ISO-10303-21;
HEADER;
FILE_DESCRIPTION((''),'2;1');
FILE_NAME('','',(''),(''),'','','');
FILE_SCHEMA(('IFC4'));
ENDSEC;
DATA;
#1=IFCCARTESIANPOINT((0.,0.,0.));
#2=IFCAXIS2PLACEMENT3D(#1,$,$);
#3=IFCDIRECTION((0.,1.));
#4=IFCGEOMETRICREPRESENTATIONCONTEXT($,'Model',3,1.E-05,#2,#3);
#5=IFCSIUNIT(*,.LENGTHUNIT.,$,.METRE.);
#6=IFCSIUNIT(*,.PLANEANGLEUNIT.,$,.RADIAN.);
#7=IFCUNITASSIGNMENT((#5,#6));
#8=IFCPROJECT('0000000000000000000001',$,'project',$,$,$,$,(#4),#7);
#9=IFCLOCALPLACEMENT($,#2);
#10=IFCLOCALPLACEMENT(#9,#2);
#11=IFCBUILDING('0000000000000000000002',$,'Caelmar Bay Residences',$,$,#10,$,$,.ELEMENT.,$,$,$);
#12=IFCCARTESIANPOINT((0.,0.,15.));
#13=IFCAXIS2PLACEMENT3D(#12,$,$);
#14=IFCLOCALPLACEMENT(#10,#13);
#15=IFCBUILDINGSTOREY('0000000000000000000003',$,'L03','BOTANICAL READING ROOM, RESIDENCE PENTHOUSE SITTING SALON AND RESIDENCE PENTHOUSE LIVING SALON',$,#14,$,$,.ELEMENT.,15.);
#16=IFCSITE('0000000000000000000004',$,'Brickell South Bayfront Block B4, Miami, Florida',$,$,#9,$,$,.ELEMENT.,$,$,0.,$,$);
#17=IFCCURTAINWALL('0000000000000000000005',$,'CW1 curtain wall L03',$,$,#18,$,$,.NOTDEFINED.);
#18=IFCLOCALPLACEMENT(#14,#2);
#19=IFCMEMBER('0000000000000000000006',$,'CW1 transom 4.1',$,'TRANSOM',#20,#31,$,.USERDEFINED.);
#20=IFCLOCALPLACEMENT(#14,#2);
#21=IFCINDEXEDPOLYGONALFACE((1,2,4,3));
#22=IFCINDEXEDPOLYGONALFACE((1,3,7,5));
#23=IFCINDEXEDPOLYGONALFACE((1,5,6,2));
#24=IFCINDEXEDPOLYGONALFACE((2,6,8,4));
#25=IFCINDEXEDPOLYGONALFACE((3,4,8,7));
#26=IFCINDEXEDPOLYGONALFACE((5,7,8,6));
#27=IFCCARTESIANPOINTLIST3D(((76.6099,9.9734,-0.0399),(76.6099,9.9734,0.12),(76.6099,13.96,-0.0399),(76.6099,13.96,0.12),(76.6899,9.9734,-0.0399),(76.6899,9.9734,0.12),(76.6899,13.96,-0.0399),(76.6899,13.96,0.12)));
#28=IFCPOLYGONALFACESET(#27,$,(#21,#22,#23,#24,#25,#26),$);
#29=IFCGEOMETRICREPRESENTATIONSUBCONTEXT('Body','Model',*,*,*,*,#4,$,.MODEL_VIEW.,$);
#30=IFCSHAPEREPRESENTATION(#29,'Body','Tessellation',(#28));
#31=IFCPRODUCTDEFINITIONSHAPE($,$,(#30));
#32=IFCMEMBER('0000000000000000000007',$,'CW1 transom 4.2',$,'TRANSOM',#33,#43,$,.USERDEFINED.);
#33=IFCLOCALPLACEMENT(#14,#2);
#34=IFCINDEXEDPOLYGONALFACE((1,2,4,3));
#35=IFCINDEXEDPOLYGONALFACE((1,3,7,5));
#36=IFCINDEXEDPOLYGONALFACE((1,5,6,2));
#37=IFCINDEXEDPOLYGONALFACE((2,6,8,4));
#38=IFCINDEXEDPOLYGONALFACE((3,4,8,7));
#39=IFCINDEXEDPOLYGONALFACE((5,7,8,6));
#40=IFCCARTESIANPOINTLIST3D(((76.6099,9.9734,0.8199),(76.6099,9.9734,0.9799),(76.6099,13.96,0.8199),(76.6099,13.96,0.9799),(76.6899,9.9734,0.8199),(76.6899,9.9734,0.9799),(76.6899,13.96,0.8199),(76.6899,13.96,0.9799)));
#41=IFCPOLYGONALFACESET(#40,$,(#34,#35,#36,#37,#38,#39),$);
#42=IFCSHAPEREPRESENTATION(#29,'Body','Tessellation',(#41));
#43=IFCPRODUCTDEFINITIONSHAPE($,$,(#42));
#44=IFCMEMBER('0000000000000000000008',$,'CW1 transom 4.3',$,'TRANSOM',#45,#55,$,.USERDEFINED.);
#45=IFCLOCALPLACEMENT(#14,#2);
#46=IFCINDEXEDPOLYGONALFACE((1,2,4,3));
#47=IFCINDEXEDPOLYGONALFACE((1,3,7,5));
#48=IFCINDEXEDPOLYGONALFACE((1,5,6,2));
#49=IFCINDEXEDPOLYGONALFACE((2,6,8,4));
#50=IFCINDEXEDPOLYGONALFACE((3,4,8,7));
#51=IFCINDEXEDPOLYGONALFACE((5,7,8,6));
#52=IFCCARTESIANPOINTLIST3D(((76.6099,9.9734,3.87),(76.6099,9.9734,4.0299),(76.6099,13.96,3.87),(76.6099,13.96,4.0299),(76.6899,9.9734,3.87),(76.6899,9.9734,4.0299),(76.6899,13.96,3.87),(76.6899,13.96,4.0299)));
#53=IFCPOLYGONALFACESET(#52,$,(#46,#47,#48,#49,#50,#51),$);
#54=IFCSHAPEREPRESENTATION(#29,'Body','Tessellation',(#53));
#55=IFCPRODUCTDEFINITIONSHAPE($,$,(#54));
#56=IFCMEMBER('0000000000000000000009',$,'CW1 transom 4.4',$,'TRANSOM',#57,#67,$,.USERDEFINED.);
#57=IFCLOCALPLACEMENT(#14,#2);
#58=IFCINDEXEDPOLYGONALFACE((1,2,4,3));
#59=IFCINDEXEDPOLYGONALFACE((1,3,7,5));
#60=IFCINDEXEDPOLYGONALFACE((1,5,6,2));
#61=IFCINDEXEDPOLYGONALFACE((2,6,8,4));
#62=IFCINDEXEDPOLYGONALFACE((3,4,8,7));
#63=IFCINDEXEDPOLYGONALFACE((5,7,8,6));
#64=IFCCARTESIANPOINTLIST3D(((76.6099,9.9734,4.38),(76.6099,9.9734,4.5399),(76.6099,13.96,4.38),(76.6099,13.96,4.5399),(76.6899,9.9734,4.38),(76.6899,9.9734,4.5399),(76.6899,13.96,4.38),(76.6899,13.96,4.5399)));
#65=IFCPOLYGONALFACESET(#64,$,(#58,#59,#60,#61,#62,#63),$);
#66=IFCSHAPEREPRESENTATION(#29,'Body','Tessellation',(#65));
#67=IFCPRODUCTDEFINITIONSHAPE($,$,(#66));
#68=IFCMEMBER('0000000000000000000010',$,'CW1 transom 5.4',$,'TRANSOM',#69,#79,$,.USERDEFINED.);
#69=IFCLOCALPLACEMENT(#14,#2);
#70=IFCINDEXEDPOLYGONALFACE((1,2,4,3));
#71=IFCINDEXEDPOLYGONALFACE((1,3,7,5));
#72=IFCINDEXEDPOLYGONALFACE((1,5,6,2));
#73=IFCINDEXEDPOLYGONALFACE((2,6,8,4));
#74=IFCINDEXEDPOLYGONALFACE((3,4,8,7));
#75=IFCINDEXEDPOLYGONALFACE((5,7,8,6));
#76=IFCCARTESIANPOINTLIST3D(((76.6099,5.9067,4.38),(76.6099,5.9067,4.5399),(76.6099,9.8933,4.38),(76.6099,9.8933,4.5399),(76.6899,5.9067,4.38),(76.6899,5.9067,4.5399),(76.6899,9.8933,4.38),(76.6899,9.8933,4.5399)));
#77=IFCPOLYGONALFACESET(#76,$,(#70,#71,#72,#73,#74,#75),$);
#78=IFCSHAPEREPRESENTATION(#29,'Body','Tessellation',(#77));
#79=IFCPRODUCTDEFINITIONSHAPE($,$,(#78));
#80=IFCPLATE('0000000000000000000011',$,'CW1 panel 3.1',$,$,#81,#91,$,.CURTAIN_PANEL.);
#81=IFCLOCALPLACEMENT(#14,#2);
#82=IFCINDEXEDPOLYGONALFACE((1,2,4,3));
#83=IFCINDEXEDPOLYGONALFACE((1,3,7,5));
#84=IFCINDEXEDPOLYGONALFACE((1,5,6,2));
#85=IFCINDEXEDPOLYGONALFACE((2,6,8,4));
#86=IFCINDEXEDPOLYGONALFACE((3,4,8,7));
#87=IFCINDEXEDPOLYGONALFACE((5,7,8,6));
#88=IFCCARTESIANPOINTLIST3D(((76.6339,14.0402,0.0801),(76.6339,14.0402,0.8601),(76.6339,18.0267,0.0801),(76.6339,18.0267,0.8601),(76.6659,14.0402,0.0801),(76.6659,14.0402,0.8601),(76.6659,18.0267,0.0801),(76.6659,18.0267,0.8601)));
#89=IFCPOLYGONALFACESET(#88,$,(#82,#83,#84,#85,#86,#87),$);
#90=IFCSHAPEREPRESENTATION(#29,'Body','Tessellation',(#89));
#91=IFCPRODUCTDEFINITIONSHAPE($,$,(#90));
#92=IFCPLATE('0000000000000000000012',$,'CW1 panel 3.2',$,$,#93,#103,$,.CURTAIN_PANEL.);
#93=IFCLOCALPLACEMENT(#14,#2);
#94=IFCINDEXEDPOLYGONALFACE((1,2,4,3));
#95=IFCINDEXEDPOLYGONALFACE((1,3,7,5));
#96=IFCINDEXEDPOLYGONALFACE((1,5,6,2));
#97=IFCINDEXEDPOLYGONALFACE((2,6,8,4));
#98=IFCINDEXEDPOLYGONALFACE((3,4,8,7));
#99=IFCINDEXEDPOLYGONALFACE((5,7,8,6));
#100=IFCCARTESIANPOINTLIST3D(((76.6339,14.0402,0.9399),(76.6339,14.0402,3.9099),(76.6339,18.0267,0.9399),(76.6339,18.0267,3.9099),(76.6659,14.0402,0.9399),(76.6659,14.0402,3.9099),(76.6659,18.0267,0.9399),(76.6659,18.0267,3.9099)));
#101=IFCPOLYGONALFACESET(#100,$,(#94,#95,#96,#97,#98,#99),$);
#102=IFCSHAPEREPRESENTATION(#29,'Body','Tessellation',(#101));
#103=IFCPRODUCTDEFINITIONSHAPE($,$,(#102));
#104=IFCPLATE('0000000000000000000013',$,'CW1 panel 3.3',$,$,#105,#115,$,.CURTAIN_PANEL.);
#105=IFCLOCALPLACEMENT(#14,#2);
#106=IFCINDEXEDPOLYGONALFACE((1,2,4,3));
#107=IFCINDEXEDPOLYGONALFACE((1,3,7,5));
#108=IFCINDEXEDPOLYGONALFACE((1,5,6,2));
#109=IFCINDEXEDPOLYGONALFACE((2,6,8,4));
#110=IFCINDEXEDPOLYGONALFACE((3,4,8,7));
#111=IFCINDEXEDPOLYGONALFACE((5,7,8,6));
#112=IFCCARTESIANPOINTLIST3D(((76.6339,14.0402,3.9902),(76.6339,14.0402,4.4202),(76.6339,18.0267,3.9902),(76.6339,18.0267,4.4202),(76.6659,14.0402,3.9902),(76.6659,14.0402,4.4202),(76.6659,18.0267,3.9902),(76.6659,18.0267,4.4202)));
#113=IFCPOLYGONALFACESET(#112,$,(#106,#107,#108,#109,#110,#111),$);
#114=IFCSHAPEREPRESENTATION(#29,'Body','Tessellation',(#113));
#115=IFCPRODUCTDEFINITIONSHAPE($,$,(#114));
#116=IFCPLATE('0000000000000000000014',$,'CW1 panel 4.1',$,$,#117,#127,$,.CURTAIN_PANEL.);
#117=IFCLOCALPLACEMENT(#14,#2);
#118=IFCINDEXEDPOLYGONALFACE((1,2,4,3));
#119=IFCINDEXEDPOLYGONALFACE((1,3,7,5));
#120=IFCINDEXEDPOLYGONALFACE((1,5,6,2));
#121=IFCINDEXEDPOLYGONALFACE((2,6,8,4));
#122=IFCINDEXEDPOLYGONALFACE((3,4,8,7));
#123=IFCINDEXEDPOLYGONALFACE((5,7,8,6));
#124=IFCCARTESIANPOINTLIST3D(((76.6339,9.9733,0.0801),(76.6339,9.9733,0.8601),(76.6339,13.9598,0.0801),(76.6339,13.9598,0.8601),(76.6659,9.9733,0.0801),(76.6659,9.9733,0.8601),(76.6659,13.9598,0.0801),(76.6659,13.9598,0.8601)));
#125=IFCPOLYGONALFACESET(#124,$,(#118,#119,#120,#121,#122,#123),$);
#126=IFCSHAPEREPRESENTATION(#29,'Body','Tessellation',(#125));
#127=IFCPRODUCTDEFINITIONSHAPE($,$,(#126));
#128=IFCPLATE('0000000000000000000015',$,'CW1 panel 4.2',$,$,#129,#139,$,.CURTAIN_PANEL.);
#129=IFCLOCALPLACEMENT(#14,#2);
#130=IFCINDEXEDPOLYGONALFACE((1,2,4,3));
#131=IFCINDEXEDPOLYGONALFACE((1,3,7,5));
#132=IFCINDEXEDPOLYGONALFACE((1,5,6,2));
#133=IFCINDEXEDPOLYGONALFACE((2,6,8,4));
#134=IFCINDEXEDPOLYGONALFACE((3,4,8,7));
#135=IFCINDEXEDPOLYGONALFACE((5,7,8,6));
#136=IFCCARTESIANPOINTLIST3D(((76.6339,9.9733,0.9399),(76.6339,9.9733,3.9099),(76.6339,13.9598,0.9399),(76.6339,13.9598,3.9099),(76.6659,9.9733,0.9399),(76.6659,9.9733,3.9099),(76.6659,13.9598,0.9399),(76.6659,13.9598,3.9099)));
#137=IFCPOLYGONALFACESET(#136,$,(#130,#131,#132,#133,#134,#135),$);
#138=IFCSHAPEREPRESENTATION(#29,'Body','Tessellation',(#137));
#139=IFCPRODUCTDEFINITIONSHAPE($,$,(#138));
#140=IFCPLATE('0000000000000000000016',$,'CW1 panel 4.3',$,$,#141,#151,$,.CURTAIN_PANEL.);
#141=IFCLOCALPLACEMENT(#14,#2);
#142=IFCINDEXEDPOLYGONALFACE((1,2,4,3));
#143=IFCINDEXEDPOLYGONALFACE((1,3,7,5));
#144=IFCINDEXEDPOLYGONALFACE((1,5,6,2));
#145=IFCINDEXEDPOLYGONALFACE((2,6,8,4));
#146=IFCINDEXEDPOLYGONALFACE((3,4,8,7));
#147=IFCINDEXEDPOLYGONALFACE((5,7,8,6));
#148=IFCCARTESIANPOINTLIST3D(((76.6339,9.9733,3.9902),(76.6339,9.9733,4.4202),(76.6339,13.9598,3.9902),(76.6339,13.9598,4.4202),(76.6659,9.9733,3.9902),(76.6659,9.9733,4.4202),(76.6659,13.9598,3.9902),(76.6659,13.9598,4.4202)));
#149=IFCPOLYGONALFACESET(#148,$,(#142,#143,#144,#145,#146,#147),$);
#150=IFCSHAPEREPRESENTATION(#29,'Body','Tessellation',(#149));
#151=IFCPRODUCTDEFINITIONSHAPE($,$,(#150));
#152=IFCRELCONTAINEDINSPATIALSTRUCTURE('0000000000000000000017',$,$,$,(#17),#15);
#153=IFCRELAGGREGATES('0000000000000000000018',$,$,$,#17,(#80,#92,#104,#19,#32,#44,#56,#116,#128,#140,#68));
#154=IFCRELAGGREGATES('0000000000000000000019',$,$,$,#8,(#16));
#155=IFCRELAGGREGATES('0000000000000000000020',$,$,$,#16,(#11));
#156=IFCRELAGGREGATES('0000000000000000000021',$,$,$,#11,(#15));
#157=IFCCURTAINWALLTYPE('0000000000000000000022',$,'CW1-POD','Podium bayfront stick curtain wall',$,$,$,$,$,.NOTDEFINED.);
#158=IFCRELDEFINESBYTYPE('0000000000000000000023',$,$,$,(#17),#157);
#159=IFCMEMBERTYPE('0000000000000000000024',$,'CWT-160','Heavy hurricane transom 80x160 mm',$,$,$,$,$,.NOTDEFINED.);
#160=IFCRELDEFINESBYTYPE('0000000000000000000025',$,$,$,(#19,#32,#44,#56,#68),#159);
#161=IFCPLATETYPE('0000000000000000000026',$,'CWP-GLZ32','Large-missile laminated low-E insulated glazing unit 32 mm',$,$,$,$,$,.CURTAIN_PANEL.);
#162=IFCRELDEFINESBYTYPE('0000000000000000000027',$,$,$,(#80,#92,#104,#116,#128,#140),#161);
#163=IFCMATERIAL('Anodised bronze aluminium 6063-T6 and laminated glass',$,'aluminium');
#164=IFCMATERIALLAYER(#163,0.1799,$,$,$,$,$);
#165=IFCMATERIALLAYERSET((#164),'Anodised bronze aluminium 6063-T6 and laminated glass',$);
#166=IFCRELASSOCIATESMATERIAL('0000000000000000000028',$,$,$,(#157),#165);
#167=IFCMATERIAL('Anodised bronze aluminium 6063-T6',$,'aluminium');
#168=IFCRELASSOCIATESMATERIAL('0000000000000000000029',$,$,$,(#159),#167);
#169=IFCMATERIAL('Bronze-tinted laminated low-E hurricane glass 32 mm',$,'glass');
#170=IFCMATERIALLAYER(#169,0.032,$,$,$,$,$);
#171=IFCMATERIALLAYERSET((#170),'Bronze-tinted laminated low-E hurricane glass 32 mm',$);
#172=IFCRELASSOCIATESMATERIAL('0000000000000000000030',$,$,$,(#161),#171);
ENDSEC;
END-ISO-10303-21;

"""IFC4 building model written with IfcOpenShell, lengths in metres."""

from ifc_helpers import new_model, si_unit, direction, frame, origin, origin_2d, place, context, subcontext, project, spatial, rectangle, extrude, material, layer, layer_set, material_profile, profile_set, type_object, element, aggregate, save


model = new_model("IFC4")

# Units and contexts
model_context = context("Model", 3, precision=1e-05, world=origin(), true_north=direction((0.0, 1.0)))
body_context = subcontext(model_context, "Body", "Model", "MODEL_VIEW")
ifc_project = project(units=[si_unit("LENGTHUNIT", "METRE"), si_unit("PLANEANGLEUNIT", "RADIAN")], contexts=[model_context])

# Site, building, storey
site_placement = place(None, origin())
site = spatial("IfcSite", under=ifc_project, at=site_placement, Name="Brickell South Bayfront Block B4, Miami, Florida", CompositionType="ELEMENT", RefElevation=0.0)
building_placement = place(site_placement, origin())
building = spatial("IfcBuilding", under=site, at=building_placement, Name="Caelmar Bay Residences", CompositionType="ELEMENT")
storey_placement = place(building_placement, frame((0.0, 0.0, 15.0)))
storey = spatial("IfcBuildingStorey", under=building, at=storey_placement, Name="L03", Description="BOTANICAL READING ROOM, RESIDENCE PENTHOUSE SITTING SALON AND RESIDENCE PENTHOUSE LIVING SALON", CompositionType="ELEMENT", Elevation=15.0)

# Curtain wall, members, plates
ifc_material_1 = material(Name="Anodised bronze aluminium 6063-T6 and laminated glass", Category="aluminium")
ifc_layer_1 = layer(ifc_material_1, 0.1799)
ifc_layer_set_1 = layer_set([ifc_layer_1], Name="Anodised bronze aluminium 6063-T6 and laminated glass")
curtain_wall_type = type_object("IfcCurtainWallType", Name="CW1-POD", Description="Podium bayfront stick curtain wall", PredefinedType="NOTDEFINED", material=ifc_layer_set_1)
curtain_wall_placement = place(storey_placement, origin())
curtain_wall = element("IfcCurtainWall", 1, at=curtain_wall_placement, inside=storey, type_object=curtain_wall_type, Name="CW1 curtain wall L03", PredefinedType="NOTDEFINED")
ifc_material_2 = material(Name="Anodised bronze aluminium 6063-T6", Category="aluminium")
ifc_material_profile_1 = material_profile(ifc_material_2, rectangle(XDim=0.0801, YDim=0.1599, at=origin_2d()), Name="CWT-80X160")
ifc_profile_set_1 = profile_set([ifc_material_profile_1], Name="Anodised bronze aluminium 6063-T6")
member_type_1 = type_object("IfcMemberType", Name="CWT-160", Description="Heavy hurricane transom 80x160 mm", PredefinedType="NOTDEFINED", material=ifc_profile_set_1)
member_1_placement = place(storey_placement, frame((76.6499, 13.96, 0.04), z_axis=(0.0, -1.0, 0.0), x_axis=(1.0, 0.0, 0.0)))
member_1 = element("IfcMember", 2, at=member_1_placement, type_object=member_type_1, Name="CW1 transom 4.1", ObjectType="TRANSOM", PredefinedType="USERDEFINED", context=body_context, shape_type="SweptSolid", body=[
    extrude(rectangle(XDim=0.0801, YDim=0.1599, at=origin_2d()), origin(), (0.0, 0.0, 1.0), 3.9866),
])
member_2_placement = place(storey_placement, frame((76.6499, 13.96, 0.8999), z_axis=(0.0, -1.0, 0.0), x_axis=(1.0, 0.0, 0.0)))
member_2 = element("IfcMember", 3, at=member_2_placement, type_object=member_type_1, Name="CW1 transom 4.2", ObjectType="TRANSOM", PredefinedType="USERDEFINED", context=body_context, shape_type="SweptSolid", body=[
    extrude(rectangle(XDim=0.0801, YDim=0.1599, at=origin_2d()), origin(), (0.0, 0.0, 1.0), 3.9866),
])
member_3_placement = place(storey_placement, frame((76.6499, 13.96, 3.95), z_axis=(0.0, -1.0, 0.0), x_axis=(1.0, 0.0, 0.0)))
member_3 = element("IfcMember", 4, at=member_3_placement, type_object=member_type_1, Name="CW1 transom 4.3", ObjectType="TRANSOM", PredefinedType="USERDEFINED", context=body_context, shape_type="SweptSolid", body=[
    extrude(rectangle(XDim=0.0801, YDim=0.1599, at=origin_2d()), origin(), (0.0, 0.0, 1.0), 3.9866),
])
member_4_placement = place(storey_placement, frame((76.6499, 13.96, 4.46), z_axis=(0.0, -1.0, 0.0), x_axis=(1.0, 0.0, 0.0)))
member_4 = element("IfcMember", 5, at=member_4_placement, type_object=member_type_1, Name="CW1 transom 4.4", ObjectType="TRANSOM", PredefinedType="USERDEFINED", context=body_context, shape_type="SweptSolid", body=[
    extrude(rectangle(XDim=0.0801, YDim=0.1599, at=origin_2d()), origin(), (0.0, 0.0, 1.0), 3.9866),
])
member_5_placement = place(storey_placement, frame((76.6499, 9.8933, 4.46), z_axis=(0.0, -1.0, 0.0), x_axis=(1.0, 0.0, 0.0)))
member_5 = element("IfcMember", 6, at=member_5_placement, type_object=member_type_1, Name="CW1 transom 5.4", ObjectType="TRANSOM", PredefinedType="USERDEFINED", context=body_context, shape_type="SweptSolid", body=[
    extrude(rectangle(XDim=0.0801, YDim=0.1599, at=origin_2d()), origin(), (0.0, 0.0, 1.0), 3.9866),
])
ifc_material_3 = material(Name="Bronze-tinted laminated low-E hurricane glass 32 mm", Category="glass")
ifc_layer_2 = layer(ifc_material_3, 0.032)
ifc_layer_set_2 = layer_set([ifc_layer_2], Name="Bronze-tinted laminated low-E hurricane glass 32 mm")
plate_type = type_object("IfcPlateType", Name="CWP-GLZ32", Description="Large-missile laminated low-E insulated glazing unit 32 mm", PredefinedType="CURTAIN_PANEL", material=ifc_layer_set_2)
plate_1_placement = place(storey_placement, frame((76.6499, 16.0334, 0.0801), z_axis=(0.0, 0.0, 1.0), x_axis=(0.0, -1.0, 0.0)))
plate_1 = element("IfcPlate", 7, at=plate_1_placement, type_object=plate_type, Name="CW1 panel 3.1", PredefinedType="CURTAIN_PANEL", context=body_context, shape_type="SweptSolid", body=[
    extrude(rectangle(XDim=3.9866, YDim=0.032, at=origin_2d()), origin(), (0.0, 0.0, 1.0), 0.78),
])
plate_2_placement = place(storey_placement, frame((76.6499, 16.0334, 0.9399), z_axis=(0.0, 0.0, 1.0), x_axis=(0.0, -1.0, 0.0)))
plate_2 = element("IfcPlate", 8, at=plate_2_placement, type_object=plate_type, Name="CW1 panel 3.2", PredefinedType="CURTAIN_PANEL", context=body_context, shape_type="SweptSolid", body=[
    extrude(rectangle(XDim=3.9866, YDim=0.032, at=origin_2d()), origin(), (0.0, 0.0, 1.0), 2.97),
])
plate_3_placement = place(storey_placement, frame((76.6499, 16.0334, 3.9902), z_axis=(0.0, 0.0, 1.0), x_axis=(0.0, -1.0, 0.0)))
plate_3 = element("IfcPlate", 9, at=plate_3_placement, type_object=plate_type, Name="CW1 panel 3.3", PredefinedType="CURTAIN_PANEL", context=body_context, shape_type="SweptSolid", body=[
    extrude(rectangle(XDim=3.9866, YDim=0.032, at=origin_2d()), origin(), (0.0, 0.0, 1.0), 0.4299),
])
plate_4_placement = place(storey_placement, frame((76.6499, 11.9666, 0.0801), z_axis=(0.0, 0.0, 1.0), x_axis=(0.0, -1.0, 0.0)))
plate_4 = element("IfcPlate", 10, at=plate_4_placement, type_object=plate_type, Name="CW1 panel 4.1", PredefinedType="CURTAIN_PANEL", context=body_context, shape_type="SweptSolid", body=[
    extrude(rectangle(XDim=3.9866, YDim=0.032, at=origin_2d()), origin(), (0.0, 0.0, 1.0), 0.78),
])
plate_5_placement = place(storey_placement, frame((76.6499, 11.9666, 0.9399), z_axis=(0.0, 0.0, 1.0), x_axis=(0.0, -1.0, 0.0)))
plate_5 = element("IfcPlate", 11, at=plate_5_placement, type_object=plate_type, Name="CW1 panel 4.2", PredefinedType="CURTAIN_PANEL", context=body_context, shape_type="SweptSolid", body=[
    extrude(rectangle(XDim=3.9866, YDim=0.032, at=origin_2d()), origin(), (0.0, 0.0, 1.0), 2.97),
])
plate_6_placement = place(storey_placement, frame((76.6499, 11.9666, 3.9902), z_axis=(0.0, 0.0, 1.0), x_axis=(0.0, -1.0, 0.0)))
plate_6 = element("IfcPlate", 12, at=plate_6_placement, type_object=plate_type, Name="CW1 panel 4.3", PredefinedType="CURTAIN_PANEL", context=body_context, shape_type="SweptSolid", body=[
    extrude(rectangle(XDim=3.9866, YDim=0.032, at=origin_2d()), origin(), (0.0, 0.0, 1.0), 0.4299),
])
aggregate(curtain_wall, [plate_1, plate_2, plate_3, member_1, member_2, member_3, member_4, plate_4, plate_5, plate_6, member_5])

save(model, "model.ifc")
